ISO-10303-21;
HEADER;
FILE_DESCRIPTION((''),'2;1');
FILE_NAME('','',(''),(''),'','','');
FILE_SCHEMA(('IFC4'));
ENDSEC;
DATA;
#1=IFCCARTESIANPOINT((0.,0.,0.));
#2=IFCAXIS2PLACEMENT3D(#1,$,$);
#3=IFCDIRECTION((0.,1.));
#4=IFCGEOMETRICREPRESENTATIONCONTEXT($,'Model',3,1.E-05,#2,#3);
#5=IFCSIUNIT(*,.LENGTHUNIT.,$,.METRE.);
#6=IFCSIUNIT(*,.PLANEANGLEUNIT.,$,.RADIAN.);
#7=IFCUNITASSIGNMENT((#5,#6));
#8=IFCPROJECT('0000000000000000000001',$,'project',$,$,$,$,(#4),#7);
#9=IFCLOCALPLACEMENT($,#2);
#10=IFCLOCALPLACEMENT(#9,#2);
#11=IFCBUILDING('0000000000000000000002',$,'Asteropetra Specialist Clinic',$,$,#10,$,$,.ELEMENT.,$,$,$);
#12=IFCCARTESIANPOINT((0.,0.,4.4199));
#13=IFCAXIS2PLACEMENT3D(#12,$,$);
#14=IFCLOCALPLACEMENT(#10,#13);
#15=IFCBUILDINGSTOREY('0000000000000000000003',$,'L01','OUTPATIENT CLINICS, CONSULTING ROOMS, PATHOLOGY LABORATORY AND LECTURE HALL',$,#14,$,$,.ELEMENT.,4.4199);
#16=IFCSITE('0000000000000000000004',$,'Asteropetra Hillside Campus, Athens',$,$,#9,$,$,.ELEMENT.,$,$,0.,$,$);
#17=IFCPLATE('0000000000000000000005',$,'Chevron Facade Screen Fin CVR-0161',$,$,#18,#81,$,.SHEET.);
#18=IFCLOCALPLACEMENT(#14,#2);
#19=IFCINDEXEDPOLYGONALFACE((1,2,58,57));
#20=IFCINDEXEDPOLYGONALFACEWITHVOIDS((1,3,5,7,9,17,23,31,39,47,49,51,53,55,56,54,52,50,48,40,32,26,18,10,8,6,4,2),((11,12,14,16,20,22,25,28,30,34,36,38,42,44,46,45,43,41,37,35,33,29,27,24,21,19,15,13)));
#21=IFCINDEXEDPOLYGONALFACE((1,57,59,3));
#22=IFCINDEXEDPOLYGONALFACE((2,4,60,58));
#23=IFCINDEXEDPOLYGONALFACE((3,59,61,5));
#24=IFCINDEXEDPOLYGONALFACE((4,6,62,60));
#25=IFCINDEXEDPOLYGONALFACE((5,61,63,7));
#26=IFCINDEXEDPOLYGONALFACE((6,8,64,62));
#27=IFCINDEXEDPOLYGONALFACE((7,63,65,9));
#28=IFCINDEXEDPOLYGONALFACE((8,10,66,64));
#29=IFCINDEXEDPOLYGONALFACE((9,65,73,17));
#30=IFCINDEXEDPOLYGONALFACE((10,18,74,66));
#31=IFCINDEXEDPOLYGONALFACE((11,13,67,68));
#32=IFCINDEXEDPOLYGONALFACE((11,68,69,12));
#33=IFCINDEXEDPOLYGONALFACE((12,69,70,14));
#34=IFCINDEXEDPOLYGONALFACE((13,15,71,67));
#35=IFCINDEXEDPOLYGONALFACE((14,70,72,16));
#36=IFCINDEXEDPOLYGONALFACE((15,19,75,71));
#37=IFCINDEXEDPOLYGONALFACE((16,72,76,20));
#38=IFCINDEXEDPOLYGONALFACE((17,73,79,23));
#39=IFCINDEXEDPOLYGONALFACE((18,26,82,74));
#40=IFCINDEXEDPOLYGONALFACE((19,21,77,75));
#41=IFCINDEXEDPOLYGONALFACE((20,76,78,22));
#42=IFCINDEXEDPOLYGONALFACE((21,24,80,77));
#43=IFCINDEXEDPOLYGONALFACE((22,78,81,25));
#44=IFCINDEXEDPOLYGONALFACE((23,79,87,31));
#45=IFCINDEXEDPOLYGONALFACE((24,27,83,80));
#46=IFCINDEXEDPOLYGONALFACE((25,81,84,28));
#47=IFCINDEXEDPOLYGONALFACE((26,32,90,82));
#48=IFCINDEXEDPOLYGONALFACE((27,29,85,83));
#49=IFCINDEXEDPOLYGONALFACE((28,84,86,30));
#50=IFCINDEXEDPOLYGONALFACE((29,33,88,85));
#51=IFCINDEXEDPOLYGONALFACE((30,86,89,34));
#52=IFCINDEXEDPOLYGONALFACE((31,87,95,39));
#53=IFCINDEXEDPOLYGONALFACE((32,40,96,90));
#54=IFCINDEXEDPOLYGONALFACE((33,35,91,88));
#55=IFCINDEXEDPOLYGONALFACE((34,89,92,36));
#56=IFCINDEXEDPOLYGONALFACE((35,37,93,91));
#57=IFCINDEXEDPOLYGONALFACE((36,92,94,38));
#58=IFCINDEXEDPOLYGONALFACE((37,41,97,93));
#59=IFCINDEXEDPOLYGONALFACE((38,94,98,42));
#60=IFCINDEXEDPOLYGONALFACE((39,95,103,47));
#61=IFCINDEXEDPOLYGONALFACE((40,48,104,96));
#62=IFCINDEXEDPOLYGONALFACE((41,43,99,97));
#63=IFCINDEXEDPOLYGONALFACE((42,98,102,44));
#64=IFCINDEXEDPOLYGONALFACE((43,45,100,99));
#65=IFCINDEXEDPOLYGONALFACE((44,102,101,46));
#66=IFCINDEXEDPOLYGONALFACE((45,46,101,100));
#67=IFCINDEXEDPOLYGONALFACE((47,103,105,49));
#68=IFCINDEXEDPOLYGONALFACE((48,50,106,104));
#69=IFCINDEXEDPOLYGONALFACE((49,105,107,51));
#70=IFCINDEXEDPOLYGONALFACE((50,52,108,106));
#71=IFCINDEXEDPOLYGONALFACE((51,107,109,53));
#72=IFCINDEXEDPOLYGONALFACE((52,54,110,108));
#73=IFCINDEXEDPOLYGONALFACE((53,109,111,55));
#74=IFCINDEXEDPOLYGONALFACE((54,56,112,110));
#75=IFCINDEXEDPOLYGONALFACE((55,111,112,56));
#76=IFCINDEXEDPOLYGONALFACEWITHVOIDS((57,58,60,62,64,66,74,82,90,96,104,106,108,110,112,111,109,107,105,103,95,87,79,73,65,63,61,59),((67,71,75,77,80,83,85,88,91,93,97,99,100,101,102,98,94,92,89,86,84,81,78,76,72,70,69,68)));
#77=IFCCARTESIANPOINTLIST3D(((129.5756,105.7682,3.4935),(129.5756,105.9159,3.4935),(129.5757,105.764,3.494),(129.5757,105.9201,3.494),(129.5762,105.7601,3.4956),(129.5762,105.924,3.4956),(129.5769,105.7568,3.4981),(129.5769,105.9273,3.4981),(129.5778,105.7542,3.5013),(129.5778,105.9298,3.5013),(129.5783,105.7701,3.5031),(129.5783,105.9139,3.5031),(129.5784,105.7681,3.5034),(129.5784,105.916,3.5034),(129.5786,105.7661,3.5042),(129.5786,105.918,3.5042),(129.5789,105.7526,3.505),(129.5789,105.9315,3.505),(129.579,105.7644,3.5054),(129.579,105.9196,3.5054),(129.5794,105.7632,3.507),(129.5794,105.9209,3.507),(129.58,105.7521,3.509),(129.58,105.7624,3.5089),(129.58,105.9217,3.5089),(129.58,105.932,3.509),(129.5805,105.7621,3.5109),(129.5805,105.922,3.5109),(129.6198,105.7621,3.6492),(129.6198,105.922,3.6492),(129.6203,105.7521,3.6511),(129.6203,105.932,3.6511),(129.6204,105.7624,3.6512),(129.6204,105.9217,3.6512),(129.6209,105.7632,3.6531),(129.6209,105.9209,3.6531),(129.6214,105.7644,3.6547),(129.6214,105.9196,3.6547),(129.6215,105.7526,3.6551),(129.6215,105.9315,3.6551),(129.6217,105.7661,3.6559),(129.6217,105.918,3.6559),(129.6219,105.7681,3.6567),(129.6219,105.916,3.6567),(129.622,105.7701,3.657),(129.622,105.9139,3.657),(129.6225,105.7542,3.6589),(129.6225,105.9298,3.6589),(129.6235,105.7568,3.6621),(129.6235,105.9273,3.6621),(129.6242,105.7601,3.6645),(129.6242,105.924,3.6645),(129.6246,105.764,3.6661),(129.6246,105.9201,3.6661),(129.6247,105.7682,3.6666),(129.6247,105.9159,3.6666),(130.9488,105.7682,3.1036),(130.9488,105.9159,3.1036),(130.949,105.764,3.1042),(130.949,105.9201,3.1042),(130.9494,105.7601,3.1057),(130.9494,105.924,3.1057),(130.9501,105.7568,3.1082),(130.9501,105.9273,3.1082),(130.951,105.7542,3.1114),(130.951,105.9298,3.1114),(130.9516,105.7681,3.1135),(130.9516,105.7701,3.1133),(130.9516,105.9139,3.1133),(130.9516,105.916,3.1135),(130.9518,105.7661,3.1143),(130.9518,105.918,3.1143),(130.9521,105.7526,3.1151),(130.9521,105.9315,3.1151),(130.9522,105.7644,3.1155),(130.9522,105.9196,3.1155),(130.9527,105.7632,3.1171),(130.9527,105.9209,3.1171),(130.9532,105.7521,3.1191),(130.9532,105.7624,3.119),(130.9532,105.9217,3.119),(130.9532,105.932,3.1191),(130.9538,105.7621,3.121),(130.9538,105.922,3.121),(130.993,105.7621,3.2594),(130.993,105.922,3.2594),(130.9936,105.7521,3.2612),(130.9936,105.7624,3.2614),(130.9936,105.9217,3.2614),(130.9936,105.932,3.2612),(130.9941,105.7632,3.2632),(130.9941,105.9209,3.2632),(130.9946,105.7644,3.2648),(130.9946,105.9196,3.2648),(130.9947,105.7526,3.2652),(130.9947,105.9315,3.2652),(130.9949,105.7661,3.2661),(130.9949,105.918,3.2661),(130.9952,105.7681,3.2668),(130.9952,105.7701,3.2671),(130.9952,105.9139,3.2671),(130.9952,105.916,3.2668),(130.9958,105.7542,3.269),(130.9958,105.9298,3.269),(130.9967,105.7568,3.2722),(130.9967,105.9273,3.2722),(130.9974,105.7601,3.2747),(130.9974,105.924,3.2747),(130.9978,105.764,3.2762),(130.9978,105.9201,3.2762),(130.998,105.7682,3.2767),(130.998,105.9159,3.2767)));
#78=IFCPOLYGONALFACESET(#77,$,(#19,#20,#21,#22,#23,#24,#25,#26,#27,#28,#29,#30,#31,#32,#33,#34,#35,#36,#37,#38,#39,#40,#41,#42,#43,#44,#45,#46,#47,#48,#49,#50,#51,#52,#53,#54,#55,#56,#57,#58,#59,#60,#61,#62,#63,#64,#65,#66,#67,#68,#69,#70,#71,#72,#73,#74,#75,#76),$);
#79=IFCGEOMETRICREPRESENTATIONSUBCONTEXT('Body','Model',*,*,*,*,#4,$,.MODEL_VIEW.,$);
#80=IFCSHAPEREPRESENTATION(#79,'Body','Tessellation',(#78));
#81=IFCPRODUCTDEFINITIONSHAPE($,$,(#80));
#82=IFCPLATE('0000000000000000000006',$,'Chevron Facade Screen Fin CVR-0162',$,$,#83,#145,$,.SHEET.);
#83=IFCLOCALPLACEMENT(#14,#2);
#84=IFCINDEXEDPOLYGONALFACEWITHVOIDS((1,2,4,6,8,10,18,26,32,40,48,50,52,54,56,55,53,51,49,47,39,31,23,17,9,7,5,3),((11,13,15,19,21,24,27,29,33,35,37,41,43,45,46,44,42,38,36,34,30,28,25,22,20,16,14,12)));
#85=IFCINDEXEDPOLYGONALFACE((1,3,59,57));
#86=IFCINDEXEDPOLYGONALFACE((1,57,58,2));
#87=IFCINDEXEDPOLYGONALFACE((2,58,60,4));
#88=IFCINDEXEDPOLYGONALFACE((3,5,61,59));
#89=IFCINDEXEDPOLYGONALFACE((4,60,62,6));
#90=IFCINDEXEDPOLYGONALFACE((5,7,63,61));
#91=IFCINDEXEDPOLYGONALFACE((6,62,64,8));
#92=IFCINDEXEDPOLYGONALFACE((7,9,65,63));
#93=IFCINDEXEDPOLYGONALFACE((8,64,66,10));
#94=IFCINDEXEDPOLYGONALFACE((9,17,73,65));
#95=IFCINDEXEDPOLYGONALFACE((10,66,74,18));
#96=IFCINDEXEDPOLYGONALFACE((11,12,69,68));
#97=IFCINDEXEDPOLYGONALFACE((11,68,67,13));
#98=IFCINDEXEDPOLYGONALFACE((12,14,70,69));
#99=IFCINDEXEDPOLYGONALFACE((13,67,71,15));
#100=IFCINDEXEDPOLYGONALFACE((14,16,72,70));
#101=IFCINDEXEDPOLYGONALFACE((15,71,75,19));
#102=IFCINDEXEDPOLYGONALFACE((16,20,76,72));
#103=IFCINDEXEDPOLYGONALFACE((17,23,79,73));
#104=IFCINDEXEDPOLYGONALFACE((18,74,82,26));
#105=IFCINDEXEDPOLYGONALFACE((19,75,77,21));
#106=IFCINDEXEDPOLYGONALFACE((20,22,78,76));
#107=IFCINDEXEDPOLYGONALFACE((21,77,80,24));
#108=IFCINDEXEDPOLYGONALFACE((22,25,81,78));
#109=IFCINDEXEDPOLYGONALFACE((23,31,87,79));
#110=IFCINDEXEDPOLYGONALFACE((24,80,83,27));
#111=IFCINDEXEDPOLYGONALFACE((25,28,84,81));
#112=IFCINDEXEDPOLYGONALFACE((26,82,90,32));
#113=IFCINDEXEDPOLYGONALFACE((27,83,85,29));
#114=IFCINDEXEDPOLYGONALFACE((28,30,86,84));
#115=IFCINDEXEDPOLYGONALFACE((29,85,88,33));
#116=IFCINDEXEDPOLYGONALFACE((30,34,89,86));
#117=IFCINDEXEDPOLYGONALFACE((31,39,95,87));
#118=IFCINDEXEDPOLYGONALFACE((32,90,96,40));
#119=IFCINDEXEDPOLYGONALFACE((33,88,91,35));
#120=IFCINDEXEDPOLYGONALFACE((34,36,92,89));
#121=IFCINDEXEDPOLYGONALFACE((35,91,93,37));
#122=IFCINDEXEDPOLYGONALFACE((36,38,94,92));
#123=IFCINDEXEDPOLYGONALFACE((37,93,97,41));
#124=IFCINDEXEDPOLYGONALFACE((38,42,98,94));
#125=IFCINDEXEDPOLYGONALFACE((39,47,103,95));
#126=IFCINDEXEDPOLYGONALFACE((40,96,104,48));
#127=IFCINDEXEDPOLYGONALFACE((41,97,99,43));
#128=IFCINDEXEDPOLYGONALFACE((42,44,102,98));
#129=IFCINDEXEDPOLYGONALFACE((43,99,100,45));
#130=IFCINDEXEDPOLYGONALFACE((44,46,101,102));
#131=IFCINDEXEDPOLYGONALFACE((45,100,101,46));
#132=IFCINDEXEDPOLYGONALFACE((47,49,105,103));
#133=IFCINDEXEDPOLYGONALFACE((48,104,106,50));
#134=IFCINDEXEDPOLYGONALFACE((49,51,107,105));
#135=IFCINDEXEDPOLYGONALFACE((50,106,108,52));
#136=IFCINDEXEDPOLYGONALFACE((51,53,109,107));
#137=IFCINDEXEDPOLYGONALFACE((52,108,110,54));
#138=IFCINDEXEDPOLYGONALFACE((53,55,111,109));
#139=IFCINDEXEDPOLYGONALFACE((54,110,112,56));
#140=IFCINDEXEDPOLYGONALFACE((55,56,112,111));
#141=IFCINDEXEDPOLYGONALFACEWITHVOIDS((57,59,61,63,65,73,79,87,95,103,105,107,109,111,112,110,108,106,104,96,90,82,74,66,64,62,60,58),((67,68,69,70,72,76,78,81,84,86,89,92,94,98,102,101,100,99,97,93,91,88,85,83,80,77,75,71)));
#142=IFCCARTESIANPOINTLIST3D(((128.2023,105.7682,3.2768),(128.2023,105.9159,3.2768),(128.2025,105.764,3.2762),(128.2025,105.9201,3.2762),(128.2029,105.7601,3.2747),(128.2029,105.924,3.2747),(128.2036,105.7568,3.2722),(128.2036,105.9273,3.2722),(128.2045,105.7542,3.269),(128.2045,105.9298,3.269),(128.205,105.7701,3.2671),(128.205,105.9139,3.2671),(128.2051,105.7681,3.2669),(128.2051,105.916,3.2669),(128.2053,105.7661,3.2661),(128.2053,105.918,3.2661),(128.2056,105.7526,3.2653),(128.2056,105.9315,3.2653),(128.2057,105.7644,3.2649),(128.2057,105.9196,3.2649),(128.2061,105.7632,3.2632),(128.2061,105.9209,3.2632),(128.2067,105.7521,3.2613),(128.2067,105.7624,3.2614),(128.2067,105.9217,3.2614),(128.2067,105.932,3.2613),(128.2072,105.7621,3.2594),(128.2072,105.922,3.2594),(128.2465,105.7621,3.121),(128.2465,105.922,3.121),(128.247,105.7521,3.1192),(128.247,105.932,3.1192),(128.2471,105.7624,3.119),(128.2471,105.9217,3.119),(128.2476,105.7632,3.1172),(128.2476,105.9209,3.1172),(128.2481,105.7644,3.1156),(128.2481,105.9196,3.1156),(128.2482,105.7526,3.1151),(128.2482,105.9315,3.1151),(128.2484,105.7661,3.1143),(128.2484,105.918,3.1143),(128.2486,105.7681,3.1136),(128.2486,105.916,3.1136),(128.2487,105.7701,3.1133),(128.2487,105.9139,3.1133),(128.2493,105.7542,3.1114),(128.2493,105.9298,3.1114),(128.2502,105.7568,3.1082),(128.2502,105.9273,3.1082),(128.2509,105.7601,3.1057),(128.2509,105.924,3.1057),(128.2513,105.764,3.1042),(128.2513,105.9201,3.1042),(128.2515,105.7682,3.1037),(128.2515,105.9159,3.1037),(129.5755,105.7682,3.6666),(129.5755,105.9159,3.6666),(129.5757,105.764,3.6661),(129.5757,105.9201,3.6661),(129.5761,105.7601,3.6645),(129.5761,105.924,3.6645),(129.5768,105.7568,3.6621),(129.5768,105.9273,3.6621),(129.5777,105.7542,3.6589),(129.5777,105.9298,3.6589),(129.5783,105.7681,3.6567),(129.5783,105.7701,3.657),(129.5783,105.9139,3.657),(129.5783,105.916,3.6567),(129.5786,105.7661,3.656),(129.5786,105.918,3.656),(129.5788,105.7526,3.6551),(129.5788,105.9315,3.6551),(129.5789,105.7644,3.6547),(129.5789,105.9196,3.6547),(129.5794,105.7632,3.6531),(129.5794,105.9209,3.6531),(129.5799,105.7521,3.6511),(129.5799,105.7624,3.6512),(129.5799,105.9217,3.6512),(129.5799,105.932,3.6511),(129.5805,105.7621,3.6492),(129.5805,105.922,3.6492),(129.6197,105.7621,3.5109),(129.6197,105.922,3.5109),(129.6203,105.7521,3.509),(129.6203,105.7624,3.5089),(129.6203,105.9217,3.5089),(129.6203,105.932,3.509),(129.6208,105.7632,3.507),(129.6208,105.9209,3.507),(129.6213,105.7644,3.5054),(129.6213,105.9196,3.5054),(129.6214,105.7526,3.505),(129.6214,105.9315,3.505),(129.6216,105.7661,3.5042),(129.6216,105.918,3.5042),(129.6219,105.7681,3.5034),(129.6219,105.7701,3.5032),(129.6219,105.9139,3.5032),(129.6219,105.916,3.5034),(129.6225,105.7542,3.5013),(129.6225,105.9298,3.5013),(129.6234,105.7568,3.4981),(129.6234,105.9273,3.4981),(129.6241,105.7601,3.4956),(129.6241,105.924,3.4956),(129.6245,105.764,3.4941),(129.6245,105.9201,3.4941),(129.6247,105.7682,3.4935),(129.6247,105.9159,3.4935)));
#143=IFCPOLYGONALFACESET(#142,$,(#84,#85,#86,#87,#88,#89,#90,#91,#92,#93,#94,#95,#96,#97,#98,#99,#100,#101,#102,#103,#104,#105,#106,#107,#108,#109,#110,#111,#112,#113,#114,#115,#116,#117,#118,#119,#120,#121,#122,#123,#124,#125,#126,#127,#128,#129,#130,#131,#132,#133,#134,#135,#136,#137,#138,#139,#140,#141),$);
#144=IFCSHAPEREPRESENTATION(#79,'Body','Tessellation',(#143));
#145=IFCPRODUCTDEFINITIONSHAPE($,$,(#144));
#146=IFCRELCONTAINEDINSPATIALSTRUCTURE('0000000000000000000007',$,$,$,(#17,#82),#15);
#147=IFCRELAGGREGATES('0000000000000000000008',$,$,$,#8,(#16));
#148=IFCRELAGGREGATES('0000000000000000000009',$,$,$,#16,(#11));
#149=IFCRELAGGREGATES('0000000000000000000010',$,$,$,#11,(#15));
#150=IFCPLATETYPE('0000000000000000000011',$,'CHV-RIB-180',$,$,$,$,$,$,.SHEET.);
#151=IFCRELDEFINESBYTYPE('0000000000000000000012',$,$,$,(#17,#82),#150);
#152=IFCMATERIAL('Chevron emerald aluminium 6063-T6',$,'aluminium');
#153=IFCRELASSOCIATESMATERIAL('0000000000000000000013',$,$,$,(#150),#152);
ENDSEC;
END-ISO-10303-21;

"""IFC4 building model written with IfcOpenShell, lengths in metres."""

from ifc_helpers import new_model, si_unit, direction, frame, origin, origin_2d, place, context, subcontext, project, spatial, hollow_rectangle, extrude, material, material_profile, profile_set, type_object, element, save


model = new_model("IFC4")

# Units and contexts
model_context = context("Model", 3, precision=1e-05, world=origin(), true_north=direction((0.0, 1.0)))
body_context = subcontext(model_context, "Body", "Model", "MODEL_VIEW")
ifc_project = project(units=[si_unit("LENGTHUNIT", "METRE"), si_unit("PLANEANGLEUNIT", "RADIAN")], contexts=[model_context])

# Site, building, storey
site_placement = place(None, origin())
site = spatial("IfcSite", under=ifc_project, at=site_placement, Name="Asteropetra Hillside Campus, Athens", CompositionType="ELEMENT", RefElevation=0.0)
building_placement = place(site_placement, origin())
building = spatial("IfcBuilding", under=site, at=building_placement, Name="Asteropetra Specialist Clinic", CompositionType="ELEMENT")
storey_placement = place(building_placement, frame((0.0, 0.0, 4.4199)))
storey = spatial("IfcBuildingStorey", under=building, at=storey_placement, Name="L01", Description="OUTPATIENT CLINICS, CONSULTING ROOMS, PATHOLOGY LABORATORY AND LECTURE HALL", CompositionType="ELEMENT", Elevation=4.4199)

# Plates
ifc_material_1 = material(Name="Chevron emerald aluminium 6063-T6", Category="aluminium")
ifc_material_profile_1 = material_profile(ifc_material_1, hollow_rectangle(XDim=0.1799, YDim=0.1799, WallThickness=0.01, InnerFilletRadius=0.0081, OuterFilletRadius=0.0161, at=origin_2d()), Name="SHS 180x180x10.0")
ifc_profile_set_1 = profile_set([ifc_material_profile_1], Name="Chevron emerald aluminium 6063-T6")
plate_type = type_object("IfcPlateType", Name="CHV-RIB-180", PredefinedType="SHEET", material=ifc_profile_set_1)
for number, where, z_axis, x_axis, name in (
    (1, (130.9734, 105.842, 3.1902), (-0.961981, 0.0, 0.273117), (0.0, -1.0, 0.0), "Chevron Facade Screen Fin CVR-0161"),
    (2, (129.6001, 105.842, 3.5801), (-0.961981, 0.0, -0.273117), (0.0, -1.0, 0.0), "Chevron Facade Screen Fin CVR-0162"),
):
    element("IfcPlate", number, at=place(storey_placement, frame(where, z_axis=z_axis, x_axis=x_axis)), inside=storey, type_object=plate_type, Name=name, PredefinedType="SHEET", context=body_context, shape_type="SweptSolid", body=[
        extrude(hollow_rectangle(XDim=0.1799, YDim=0.1799, WallThickness=0.01, InnerFilletRadius=0.0081, OuterFilletRadius=0.0161, at=origin_2d()), origin(), (0.0, 0.0, 1.0), 1.4275),
    ])

save(model, "model.ifc")
